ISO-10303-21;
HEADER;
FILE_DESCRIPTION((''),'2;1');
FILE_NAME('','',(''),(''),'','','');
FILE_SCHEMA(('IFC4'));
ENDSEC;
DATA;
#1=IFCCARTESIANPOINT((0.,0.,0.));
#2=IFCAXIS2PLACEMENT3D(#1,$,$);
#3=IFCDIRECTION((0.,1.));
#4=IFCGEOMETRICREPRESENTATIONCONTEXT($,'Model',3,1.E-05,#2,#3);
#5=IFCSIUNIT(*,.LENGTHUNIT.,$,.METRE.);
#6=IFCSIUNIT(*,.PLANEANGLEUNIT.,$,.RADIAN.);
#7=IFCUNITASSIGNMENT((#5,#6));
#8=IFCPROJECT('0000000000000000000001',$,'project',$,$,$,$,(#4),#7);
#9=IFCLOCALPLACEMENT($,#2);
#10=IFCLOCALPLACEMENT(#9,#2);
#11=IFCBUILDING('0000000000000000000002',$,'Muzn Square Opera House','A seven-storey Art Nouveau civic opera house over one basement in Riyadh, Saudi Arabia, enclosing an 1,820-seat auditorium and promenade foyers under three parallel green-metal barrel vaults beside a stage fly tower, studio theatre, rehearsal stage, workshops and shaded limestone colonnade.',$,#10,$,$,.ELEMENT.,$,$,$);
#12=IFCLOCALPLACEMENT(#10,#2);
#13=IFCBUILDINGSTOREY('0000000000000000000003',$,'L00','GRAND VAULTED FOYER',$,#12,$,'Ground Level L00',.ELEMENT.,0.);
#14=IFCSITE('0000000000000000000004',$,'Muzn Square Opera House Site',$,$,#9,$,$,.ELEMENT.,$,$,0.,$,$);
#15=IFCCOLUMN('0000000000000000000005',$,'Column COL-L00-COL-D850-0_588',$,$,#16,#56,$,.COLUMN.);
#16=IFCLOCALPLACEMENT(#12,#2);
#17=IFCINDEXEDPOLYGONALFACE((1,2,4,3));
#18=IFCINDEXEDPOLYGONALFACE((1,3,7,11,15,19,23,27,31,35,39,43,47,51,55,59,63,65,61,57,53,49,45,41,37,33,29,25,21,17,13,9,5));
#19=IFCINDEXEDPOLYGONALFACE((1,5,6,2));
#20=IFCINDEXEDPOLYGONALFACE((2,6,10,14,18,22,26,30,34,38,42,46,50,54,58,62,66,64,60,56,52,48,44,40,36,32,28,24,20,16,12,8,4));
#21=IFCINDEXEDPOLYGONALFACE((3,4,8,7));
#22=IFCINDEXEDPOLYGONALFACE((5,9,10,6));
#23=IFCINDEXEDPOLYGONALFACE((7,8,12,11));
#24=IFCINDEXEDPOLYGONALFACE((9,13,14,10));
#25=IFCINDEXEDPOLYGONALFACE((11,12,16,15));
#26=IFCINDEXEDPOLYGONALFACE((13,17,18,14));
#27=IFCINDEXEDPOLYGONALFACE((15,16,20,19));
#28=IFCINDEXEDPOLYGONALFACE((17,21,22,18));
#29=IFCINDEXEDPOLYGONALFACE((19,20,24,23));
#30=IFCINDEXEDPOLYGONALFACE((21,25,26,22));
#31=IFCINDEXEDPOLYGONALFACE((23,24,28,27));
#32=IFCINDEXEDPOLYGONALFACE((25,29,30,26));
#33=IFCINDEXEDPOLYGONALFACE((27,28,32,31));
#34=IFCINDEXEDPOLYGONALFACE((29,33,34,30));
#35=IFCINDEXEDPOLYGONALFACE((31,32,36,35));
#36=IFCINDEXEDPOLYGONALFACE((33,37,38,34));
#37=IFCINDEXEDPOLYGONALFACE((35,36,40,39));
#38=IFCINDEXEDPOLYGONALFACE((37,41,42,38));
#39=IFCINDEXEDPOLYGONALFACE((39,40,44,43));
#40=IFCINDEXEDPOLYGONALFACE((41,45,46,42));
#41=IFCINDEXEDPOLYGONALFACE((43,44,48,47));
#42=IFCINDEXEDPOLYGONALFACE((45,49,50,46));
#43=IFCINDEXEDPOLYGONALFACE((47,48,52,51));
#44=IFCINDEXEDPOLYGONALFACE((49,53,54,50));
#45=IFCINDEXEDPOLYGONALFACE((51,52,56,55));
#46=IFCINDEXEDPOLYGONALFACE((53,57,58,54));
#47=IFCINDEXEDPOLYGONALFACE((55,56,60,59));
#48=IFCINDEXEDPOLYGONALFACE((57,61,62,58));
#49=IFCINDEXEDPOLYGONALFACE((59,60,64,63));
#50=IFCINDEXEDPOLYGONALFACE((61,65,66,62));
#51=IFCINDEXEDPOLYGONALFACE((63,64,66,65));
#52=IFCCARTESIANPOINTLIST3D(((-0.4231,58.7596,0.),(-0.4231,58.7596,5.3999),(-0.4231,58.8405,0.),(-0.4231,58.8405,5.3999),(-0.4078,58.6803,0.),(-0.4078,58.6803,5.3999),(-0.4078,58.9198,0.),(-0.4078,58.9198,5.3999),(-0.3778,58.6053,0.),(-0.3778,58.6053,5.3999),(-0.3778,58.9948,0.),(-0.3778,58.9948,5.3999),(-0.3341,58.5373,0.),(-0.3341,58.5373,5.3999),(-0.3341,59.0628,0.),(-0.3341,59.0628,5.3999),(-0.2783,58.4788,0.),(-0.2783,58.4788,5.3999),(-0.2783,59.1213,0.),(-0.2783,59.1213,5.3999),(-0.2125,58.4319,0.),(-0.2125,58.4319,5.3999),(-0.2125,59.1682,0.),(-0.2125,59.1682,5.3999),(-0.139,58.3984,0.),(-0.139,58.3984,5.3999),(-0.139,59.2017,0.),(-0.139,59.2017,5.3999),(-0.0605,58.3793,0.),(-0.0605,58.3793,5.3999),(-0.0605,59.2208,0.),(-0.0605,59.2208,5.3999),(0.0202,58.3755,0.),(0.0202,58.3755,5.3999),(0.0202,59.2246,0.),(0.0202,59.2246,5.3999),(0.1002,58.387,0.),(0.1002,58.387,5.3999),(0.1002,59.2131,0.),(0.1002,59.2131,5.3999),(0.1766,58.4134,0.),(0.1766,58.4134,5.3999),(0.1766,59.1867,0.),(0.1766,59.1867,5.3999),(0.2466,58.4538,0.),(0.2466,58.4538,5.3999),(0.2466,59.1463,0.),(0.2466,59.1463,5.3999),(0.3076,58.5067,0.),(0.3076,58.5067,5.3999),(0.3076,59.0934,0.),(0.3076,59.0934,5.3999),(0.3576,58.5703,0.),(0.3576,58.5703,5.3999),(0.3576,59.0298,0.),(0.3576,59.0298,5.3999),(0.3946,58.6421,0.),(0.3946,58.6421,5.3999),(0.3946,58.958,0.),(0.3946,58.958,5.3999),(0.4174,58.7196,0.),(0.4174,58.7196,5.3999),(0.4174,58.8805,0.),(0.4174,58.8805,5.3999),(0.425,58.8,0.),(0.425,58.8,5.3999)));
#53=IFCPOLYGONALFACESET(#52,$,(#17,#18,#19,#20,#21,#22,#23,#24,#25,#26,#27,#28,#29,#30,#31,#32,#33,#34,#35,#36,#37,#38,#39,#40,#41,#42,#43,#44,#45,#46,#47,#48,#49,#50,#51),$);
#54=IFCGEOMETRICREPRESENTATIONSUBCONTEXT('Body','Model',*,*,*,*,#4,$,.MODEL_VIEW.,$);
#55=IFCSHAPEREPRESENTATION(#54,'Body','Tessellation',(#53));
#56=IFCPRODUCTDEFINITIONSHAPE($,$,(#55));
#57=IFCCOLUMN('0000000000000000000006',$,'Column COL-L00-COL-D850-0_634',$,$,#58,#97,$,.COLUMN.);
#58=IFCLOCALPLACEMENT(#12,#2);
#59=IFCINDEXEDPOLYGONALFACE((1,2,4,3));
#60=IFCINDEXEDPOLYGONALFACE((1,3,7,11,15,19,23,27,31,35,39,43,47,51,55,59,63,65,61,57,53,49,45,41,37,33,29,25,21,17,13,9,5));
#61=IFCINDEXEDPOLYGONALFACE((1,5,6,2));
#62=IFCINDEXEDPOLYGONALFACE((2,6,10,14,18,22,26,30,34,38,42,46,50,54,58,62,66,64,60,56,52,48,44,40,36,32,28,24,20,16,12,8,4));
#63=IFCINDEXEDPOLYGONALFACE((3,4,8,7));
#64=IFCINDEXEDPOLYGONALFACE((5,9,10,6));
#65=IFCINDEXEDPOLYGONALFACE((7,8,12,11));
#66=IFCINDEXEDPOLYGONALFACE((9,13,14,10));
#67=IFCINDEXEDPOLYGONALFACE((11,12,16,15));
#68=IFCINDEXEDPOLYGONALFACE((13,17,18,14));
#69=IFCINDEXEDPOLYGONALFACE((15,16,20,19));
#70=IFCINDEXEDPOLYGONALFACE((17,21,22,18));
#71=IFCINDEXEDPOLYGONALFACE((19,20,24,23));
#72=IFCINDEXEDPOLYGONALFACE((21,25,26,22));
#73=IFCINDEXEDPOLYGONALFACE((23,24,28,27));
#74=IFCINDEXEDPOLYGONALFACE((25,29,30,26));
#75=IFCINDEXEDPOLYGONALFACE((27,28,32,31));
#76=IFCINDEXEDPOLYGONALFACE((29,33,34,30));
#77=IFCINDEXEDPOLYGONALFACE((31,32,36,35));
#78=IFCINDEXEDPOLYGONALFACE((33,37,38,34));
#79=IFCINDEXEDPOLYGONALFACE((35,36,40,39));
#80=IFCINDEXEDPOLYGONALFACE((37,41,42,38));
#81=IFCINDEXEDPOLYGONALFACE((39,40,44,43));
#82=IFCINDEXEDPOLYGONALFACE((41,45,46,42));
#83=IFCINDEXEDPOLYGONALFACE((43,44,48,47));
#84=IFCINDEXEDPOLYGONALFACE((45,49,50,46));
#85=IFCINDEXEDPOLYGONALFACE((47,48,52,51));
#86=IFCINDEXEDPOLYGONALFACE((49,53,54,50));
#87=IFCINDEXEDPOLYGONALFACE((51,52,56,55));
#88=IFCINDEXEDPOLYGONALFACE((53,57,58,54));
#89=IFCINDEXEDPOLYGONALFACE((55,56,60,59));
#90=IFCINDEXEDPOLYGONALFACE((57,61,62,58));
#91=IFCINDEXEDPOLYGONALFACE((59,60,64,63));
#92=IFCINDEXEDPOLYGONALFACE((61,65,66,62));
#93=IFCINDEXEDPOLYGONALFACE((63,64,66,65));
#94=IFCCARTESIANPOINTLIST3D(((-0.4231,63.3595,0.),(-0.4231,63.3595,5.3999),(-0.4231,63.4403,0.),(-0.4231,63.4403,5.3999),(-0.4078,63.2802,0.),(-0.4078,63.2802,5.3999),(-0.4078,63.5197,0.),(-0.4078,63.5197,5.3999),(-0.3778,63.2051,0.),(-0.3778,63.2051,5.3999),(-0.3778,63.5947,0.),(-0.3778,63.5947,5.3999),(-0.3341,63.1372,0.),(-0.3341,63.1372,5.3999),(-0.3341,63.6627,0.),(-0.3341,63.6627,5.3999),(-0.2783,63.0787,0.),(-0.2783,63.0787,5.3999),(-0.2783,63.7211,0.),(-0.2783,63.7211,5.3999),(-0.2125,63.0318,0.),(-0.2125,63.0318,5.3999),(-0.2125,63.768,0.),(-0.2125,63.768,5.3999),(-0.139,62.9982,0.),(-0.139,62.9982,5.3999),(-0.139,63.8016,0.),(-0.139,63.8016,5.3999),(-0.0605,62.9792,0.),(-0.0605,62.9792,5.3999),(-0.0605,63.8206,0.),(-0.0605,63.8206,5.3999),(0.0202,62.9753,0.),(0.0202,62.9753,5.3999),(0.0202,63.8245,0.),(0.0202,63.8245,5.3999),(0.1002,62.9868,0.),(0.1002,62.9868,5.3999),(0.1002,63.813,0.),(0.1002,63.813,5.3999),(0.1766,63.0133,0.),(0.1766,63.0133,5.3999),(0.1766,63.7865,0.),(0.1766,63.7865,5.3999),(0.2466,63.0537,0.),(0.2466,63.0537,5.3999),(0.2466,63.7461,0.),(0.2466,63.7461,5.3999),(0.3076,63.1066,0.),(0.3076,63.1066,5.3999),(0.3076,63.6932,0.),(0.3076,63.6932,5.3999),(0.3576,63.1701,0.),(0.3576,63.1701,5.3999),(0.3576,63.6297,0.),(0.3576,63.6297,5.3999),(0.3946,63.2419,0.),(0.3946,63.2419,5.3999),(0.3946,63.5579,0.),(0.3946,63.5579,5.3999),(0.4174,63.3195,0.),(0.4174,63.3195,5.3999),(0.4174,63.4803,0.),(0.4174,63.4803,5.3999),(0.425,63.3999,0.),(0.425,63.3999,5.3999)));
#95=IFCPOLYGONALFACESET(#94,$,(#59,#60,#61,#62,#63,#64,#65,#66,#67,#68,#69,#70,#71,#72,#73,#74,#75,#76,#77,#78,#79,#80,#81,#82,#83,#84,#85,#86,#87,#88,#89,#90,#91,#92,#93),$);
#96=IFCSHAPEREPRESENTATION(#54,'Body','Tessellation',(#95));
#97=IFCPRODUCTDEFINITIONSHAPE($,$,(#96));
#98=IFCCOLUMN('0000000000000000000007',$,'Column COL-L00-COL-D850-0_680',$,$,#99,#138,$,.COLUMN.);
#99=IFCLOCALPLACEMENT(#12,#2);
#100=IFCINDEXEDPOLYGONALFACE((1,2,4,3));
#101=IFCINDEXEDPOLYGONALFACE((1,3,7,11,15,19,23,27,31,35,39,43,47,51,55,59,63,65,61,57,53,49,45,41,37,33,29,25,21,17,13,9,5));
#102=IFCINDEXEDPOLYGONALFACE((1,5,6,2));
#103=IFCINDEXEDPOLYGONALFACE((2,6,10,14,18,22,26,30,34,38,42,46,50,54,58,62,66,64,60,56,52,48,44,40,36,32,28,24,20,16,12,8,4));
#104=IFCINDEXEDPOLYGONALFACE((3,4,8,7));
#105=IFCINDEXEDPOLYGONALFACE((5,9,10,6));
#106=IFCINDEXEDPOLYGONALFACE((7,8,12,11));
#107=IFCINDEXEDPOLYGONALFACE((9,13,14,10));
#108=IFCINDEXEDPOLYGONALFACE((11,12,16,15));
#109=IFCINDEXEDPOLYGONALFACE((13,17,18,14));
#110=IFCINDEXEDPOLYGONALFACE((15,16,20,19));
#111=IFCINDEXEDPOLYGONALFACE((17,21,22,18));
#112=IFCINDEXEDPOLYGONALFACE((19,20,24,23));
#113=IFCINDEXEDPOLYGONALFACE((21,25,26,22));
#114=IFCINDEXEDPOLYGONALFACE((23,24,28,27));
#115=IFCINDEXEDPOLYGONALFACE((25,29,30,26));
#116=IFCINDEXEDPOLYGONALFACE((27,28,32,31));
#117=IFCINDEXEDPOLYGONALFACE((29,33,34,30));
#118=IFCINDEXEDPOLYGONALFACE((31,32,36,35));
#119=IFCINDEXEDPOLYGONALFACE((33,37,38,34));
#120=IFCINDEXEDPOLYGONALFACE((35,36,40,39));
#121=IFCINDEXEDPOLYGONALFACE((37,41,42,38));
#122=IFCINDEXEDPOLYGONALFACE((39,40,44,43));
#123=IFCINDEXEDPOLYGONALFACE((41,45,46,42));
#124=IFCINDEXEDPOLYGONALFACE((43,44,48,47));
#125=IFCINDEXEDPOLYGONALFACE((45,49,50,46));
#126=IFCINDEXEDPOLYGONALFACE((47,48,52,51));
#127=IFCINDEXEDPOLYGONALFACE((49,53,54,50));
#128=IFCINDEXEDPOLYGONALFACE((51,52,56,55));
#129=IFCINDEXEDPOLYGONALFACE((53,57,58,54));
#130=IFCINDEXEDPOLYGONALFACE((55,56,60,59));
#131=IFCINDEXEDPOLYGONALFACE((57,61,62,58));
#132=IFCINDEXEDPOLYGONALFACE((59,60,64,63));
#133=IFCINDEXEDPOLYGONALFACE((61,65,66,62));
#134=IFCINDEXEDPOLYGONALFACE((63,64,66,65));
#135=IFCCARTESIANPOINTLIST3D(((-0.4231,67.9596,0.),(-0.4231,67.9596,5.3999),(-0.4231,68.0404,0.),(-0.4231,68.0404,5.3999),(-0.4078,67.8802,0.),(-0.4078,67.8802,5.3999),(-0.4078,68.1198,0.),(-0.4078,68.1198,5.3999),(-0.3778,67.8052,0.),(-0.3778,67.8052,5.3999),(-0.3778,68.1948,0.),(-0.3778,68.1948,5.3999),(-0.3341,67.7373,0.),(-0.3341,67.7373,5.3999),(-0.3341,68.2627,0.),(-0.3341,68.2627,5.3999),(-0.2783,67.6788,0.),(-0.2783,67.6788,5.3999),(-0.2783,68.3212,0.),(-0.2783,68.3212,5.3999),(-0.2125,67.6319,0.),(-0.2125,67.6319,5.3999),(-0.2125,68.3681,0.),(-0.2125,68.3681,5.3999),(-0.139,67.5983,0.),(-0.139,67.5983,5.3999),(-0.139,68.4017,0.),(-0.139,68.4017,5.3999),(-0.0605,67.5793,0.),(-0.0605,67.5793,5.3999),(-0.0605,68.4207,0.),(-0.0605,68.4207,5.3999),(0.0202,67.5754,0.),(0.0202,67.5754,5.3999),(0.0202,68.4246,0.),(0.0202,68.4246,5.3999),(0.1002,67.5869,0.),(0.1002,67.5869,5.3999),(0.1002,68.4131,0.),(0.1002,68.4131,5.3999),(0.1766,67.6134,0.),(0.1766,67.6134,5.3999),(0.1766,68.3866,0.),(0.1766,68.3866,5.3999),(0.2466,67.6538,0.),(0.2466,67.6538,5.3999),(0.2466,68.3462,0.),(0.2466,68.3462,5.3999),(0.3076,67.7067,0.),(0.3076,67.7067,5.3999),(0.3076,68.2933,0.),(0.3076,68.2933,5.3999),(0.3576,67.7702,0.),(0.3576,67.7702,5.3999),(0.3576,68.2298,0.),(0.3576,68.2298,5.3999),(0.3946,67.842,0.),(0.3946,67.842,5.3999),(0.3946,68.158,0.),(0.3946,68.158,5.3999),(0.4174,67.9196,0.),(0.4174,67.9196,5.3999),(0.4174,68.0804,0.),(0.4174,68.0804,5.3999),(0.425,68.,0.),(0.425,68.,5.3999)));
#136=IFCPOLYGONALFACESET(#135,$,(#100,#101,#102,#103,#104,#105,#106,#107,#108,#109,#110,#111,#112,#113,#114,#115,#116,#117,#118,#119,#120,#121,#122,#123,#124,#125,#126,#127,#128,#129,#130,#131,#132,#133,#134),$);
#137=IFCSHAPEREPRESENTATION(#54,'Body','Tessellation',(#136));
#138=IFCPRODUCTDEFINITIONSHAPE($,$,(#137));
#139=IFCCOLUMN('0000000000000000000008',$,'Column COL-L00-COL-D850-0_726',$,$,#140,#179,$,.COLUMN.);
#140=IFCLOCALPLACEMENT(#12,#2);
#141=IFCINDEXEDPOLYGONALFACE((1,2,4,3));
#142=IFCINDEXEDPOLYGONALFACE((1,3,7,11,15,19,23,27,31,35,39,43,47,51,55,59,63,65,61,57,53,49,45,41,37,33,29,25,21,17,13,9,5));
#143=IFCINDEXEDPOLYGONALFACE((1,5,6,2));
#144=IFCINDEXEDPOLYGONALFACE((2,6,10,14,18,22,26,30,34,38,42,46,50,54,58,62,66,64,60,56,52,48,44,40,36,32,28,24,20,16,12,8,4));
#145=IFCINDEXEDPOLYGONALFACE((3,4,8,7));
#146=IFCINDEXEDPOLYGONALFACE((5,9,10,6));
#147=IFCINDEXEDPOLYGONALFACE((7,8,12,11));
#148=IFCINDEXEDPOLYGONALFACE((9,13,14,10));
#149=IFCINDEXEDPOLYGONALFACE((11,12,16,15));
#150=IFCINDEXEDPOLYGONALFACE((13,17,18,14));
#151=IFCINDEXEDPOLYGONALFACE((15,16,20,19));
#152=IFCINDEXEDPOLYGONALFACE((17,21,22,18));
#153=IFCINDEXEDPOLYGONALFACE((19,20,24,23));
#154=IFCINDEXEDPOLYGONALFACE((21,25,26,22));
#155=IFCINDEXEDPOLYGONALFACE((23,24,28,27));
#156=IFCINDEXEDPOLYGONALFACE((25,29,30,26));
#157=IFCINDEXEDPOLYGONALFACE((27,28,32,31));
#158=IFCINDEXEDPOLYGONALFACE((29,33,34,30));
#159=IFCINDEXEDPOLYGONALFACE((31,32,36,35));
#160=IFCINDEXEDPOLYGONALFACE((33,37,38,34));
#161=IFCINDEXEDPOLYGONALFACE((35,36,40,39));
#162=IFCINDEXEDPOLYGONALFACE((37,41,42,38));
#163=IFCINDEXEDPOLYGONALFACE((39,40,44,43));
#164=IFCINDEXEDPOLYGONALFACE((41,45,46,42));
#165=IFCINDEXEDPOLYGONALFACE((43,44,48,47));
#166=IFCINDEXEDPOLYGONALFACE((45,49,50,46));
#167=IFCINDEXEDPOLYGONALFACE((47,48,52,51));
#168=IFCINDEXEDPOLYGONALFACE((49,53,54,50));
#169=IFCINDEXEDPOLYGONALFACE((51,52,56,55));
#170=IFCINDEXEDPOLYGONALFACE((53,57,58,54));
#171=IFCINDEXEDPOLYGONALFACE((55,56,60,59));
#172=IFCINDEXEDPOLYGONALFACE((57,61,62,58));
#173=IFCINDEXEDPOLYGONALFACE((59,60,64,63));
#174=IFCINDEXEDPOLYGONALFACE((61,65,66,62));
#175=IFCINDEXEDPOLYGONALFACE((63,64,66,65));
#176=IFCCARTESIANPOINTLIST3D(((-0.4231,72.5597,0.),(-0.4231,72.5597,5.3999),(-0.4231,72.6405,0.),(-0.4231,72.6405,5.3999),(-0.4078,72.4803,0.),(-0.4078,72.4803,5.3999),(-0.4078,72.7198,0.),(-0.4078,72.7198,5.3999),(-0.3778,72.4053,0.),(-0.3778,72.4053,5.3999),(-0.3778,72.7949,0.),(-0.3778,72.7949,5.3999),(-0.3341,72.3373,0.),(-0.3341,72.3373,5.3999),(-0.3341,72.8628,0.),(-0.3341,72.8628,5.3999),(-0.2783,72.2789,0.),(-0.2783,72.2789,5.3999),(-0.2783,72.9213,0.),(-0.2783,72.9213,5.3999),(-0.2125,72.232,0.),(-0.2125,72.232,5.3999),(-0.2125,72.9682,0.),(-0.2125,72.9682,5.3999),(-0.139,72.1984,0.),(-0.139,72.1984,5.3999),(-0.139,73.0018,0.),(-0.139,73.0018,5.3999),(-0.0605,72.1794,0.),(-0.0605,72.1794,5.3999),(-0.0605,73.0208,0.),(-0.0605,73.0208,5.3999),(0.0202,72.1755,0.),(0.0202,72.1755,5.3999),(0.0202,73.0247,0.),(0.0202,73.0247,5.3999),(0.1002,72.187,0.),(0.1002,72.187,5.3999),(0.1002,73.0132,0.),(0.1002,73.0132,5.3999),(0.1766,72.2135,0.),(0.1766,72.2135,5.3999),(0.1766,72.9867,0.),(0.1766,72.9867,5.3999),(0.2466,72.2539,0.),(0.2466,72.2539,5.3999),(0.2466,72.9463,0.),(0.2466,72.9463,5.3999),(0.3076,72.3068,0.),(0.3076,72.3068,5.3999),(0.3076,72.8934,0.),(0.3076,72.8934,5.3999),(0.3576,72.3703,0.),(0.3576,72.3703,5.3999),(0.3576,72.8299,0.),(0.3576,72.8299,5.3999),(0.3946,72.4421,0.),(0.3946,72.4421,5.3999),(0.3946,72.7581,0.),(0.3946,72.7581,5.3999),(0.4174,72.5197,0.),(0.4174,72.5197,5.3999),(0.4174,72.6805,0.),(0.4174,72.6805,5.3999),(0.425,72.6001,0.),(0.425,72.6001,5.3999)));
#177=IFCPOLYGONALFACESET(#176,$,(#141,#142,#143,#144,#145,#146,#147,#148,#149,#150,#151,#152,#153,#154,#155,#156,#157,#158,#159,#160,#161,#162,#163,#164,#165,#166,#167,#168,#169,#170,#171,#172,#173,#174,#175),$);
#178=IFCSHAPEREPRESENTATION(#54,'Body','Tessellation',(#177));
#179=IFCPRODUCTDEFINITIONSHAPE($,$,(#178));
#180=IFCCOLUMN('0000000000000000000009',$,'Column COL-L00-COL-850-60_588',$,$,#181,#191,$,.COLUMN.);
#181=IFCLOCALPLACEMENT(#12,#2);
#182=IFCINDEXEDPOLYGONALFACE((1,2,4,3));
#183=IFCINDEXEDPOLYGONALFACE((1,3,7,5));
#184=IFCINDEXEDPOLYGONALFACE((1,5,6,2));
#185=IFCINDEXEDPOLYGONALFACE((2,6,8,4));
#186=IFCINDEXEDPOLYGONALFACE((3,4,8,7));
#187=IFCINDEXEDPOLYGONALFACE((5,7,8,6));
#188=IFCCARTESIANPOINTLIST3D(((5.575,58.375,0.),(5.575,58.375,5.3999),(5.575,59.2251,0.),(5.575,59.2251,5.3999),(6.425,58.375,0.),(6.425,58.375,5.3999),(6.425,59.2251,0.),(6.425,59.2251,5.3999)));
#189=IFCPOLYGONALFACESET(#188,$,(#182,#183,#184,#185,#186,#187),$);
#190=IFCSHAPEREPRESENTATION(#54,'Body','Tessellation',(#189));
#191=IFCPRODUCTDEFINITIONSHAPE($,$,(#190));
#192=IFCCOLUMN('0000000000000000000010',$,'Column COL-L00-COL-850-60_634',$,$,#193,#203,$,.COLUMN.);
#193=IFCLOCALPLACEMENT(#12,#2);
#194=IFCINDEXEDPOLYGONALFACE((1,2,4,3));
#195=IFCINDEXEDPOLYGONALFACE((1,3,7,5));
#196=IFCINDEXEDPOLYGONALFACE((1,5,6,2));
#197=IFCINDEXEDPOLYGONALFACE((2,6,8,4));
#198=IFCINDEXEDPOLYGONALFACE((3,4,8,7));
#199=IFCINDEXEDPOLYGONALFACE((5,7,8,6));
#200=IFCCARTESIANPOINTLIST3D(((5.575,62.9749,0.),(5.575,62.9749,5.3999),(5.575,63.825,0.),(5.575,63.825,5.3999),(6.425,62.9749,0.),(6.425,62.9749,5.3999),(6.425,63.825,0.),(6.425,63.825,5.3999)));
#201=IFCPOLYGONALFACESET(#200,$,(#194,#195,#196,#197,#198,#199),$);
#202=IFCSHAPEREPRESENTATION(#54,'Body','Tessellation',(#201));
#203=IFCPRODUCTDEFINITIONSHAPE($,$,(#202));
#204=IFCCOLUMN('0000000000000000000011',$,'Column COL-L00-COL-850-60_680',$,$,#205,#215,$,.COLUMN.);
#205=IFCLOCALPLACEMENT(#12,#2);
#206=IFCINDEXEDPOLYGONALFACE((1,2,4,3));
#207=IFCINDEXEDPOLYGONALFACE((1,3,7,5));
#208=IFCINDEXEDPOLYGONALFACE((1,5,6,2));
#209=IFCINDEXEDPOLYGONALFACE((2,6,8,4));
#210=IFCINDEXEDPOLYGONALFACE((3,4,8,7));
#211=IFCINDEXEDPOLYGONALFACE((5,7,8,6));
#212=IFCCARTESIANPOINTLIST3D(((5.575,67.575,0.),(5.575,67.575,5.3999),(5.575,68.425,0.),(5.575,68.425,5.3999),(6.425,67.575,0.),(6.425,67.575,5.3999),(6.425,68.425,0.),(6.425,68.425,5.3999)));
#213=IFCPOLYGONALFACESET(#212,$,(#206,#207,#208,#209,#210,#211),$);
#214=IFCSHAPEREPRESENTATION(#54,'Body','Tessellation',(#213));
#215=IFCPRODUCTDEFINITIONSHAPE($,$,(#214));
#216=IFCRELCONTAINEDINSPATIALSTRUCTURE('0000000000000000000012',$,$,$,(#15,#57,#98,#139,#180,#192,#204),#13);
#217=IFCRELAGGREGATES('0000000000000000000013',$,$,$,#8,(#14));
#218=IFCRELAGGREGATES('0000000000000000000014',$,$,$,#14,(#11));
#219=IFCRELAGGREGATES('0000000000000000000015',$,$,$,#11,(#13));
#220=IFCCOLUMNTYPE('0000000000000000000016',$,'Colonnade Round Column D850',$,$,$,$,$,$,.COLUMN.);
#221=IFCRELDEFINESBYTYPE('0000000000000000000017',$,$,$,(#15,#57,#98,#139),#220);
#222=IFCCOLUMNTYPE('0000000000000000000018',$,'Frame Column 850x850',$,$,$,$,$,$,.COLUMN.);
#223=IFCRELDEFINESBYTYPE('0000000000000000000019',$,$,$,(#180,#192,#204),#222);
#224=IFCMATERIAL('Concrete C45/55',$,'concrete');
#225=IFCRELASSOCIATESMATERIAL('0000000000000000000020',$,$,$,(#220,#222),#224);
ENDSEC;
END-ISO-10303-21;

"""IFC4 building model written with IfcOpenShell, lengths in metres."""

from ifc_helpers import new_model, si_unit, direction, frame, origin, origin_2d, place, context, subcontext, project, spatial, rectangle, circle, extrude, material, material_profile, profile_set, type_object, element, save


model = new_model("IFC4")

# Units and contexts
model_context = context("Model", 3, precision=1e-05, world=origin(), true_north=direction((0.0, 1.0)))
body_context = subcontext(model_context, "Body", "Model", "MODEL_VIEW")
ifc_project = project(units=[si_unit("LENGTHUNIT", "METRE"), si_unit("PLANEANGLEUNIT", "RADIAN")], contexts=[model_context])

# Site, building, storey
site_placement = place(None, origin())
site = spatial("IfcSite", under=ifc_project, at=site_placement, Name="Muzn Square Opera House Site", CompositionType="ELEMENT", RefElevation=0.0)
building_placement = place(site_placement, origin())
building = spatial("IfcBuilding", under=site, at=building_placement, Name="Muzn Square Opera House", Description="A seven-storey Art Nouveau civic opera house over one basement in Riyadh, Saudi Arabia, enclosing an 1,820-seat auditorium and promenade foyers under three parallel green-metal barrel vaults beside a stage fly tower, studio theatre, rehearsal stage, workshops and shaded limestone colonnade.", CompositionType="ELEMENT")
storey_placement = place(building_placement, origin())
storey = spatial("IfcBuildingStorey", under=building, at=storey_placement, Name="L00", Description="GRAND VAULTED FOYER", LongName="Ground Level L00", CompositionType="ELEMENT", Elevation=0.0)

# Columns
ifc_material_1 = material(Name="Concrete C45/55", Category="concrete")
ifc_material_profile_1 = material_profile(ifc_material_1, circle(Radius=0.425, at=origin_2d()), Name="RCC D850", Category="concrete")
ifc_profile_set_1 = profile_set([ifc_material_profile_1], Name="Concrete C45/55")
column_type_1 = type_object("IfcColumnType", Name="Colonnade Round Column D850", PredefinedType="COLUMN", material=ifc_profile_set_1)
for number, where, z_axis, x_axis, name in (
    (1, (0.0, 58.8, 0.0), (0.0, 0.0, 1.0), (1.0, 0.0, 0.0), "Column COL-L00-COL-D850-0_588"),
    (2, (0.0, 63.3999, 0.0), (0.0, 0.0, 1.0), (1.0, 0.0, 0.0), "Column COL-L00-COL-D850-0_634"),
    (3, (0.0, 68.0, 0.0), (0.0, 0.0, 1.0), (1.0, 0.0, 0.0), "Column COL-L00-COL-D850-0_680"),
    (4, (0.0, 72.6001, 0.0), (0.0, 0.0, 1.0), (1.0, 0.0, 0.0), "Column COL-L00-COL-D850-0_726"),
):
    element("IfcColumn", number, at=place(storey_placement, frame(where, z_axis=z_axis, x_axis=x_axis)), inside=storey, type_object=column_type_1, Name=name, PredefinedType="COLUMN", context=body_context, shape_type="SweptSolid", body=[
        extrude(circle(Radius=0.425, at=origin_2d()), origin(), (0.0, 0.0, 1.0), 5.3999),
    ])
ifc_material_profile_2 = material_profile(ifc_material_1, rectangle(XDim=0.8501, YDim=0.8501, at=origin_2d()), Name="RC 850x850", Category="concrete")
ifc_profile_set_2 = profile_set([ifc_material_profile_2], Name="Concrete C45/55")
column_type_2 = type_object("IfcColumnType", Name="Frame Column 850x850", PredefinedType="COLUMN", material=ifc_profile_set_2)
for number, where, z_axis, x_axis, name in (
    (5, (6.0, 58.8, 0.0), (0.0, 0.0, 1.0), (1.0, 0.0, 0.0), "Column COL-L00-COL-850-60_588"),
    (6, (6.0, 63.3999, 0.0), (0.0, 0.0, 1.0), (1.0, 0.0, 0.0), "Column COL-L00-COL-850-60_634"),
    (7, (6.0, 68.0, 0.0), (0.0, 0.0, 1.0), (1.0, 0.0, 0.0), "Column COL-L00-COL-850-60_680"),
):
    element("IfcColumn", number, at=place(storey_placement, frame(where, z_axis=z_axis, x_axis=x_axis)), inside=storey, type_object=column_type_2, Name=name, PredefinedType="COLUMN", context=body_context, shape_type="SweptSolid", body=[
        extrude(rectangle(XDim=0.8501, YDim=0.8501, at=origin_2d()), origin(), (0.0, 0.0, 1.0), 5.3999),
    ])

save(model, "model.ifc")
